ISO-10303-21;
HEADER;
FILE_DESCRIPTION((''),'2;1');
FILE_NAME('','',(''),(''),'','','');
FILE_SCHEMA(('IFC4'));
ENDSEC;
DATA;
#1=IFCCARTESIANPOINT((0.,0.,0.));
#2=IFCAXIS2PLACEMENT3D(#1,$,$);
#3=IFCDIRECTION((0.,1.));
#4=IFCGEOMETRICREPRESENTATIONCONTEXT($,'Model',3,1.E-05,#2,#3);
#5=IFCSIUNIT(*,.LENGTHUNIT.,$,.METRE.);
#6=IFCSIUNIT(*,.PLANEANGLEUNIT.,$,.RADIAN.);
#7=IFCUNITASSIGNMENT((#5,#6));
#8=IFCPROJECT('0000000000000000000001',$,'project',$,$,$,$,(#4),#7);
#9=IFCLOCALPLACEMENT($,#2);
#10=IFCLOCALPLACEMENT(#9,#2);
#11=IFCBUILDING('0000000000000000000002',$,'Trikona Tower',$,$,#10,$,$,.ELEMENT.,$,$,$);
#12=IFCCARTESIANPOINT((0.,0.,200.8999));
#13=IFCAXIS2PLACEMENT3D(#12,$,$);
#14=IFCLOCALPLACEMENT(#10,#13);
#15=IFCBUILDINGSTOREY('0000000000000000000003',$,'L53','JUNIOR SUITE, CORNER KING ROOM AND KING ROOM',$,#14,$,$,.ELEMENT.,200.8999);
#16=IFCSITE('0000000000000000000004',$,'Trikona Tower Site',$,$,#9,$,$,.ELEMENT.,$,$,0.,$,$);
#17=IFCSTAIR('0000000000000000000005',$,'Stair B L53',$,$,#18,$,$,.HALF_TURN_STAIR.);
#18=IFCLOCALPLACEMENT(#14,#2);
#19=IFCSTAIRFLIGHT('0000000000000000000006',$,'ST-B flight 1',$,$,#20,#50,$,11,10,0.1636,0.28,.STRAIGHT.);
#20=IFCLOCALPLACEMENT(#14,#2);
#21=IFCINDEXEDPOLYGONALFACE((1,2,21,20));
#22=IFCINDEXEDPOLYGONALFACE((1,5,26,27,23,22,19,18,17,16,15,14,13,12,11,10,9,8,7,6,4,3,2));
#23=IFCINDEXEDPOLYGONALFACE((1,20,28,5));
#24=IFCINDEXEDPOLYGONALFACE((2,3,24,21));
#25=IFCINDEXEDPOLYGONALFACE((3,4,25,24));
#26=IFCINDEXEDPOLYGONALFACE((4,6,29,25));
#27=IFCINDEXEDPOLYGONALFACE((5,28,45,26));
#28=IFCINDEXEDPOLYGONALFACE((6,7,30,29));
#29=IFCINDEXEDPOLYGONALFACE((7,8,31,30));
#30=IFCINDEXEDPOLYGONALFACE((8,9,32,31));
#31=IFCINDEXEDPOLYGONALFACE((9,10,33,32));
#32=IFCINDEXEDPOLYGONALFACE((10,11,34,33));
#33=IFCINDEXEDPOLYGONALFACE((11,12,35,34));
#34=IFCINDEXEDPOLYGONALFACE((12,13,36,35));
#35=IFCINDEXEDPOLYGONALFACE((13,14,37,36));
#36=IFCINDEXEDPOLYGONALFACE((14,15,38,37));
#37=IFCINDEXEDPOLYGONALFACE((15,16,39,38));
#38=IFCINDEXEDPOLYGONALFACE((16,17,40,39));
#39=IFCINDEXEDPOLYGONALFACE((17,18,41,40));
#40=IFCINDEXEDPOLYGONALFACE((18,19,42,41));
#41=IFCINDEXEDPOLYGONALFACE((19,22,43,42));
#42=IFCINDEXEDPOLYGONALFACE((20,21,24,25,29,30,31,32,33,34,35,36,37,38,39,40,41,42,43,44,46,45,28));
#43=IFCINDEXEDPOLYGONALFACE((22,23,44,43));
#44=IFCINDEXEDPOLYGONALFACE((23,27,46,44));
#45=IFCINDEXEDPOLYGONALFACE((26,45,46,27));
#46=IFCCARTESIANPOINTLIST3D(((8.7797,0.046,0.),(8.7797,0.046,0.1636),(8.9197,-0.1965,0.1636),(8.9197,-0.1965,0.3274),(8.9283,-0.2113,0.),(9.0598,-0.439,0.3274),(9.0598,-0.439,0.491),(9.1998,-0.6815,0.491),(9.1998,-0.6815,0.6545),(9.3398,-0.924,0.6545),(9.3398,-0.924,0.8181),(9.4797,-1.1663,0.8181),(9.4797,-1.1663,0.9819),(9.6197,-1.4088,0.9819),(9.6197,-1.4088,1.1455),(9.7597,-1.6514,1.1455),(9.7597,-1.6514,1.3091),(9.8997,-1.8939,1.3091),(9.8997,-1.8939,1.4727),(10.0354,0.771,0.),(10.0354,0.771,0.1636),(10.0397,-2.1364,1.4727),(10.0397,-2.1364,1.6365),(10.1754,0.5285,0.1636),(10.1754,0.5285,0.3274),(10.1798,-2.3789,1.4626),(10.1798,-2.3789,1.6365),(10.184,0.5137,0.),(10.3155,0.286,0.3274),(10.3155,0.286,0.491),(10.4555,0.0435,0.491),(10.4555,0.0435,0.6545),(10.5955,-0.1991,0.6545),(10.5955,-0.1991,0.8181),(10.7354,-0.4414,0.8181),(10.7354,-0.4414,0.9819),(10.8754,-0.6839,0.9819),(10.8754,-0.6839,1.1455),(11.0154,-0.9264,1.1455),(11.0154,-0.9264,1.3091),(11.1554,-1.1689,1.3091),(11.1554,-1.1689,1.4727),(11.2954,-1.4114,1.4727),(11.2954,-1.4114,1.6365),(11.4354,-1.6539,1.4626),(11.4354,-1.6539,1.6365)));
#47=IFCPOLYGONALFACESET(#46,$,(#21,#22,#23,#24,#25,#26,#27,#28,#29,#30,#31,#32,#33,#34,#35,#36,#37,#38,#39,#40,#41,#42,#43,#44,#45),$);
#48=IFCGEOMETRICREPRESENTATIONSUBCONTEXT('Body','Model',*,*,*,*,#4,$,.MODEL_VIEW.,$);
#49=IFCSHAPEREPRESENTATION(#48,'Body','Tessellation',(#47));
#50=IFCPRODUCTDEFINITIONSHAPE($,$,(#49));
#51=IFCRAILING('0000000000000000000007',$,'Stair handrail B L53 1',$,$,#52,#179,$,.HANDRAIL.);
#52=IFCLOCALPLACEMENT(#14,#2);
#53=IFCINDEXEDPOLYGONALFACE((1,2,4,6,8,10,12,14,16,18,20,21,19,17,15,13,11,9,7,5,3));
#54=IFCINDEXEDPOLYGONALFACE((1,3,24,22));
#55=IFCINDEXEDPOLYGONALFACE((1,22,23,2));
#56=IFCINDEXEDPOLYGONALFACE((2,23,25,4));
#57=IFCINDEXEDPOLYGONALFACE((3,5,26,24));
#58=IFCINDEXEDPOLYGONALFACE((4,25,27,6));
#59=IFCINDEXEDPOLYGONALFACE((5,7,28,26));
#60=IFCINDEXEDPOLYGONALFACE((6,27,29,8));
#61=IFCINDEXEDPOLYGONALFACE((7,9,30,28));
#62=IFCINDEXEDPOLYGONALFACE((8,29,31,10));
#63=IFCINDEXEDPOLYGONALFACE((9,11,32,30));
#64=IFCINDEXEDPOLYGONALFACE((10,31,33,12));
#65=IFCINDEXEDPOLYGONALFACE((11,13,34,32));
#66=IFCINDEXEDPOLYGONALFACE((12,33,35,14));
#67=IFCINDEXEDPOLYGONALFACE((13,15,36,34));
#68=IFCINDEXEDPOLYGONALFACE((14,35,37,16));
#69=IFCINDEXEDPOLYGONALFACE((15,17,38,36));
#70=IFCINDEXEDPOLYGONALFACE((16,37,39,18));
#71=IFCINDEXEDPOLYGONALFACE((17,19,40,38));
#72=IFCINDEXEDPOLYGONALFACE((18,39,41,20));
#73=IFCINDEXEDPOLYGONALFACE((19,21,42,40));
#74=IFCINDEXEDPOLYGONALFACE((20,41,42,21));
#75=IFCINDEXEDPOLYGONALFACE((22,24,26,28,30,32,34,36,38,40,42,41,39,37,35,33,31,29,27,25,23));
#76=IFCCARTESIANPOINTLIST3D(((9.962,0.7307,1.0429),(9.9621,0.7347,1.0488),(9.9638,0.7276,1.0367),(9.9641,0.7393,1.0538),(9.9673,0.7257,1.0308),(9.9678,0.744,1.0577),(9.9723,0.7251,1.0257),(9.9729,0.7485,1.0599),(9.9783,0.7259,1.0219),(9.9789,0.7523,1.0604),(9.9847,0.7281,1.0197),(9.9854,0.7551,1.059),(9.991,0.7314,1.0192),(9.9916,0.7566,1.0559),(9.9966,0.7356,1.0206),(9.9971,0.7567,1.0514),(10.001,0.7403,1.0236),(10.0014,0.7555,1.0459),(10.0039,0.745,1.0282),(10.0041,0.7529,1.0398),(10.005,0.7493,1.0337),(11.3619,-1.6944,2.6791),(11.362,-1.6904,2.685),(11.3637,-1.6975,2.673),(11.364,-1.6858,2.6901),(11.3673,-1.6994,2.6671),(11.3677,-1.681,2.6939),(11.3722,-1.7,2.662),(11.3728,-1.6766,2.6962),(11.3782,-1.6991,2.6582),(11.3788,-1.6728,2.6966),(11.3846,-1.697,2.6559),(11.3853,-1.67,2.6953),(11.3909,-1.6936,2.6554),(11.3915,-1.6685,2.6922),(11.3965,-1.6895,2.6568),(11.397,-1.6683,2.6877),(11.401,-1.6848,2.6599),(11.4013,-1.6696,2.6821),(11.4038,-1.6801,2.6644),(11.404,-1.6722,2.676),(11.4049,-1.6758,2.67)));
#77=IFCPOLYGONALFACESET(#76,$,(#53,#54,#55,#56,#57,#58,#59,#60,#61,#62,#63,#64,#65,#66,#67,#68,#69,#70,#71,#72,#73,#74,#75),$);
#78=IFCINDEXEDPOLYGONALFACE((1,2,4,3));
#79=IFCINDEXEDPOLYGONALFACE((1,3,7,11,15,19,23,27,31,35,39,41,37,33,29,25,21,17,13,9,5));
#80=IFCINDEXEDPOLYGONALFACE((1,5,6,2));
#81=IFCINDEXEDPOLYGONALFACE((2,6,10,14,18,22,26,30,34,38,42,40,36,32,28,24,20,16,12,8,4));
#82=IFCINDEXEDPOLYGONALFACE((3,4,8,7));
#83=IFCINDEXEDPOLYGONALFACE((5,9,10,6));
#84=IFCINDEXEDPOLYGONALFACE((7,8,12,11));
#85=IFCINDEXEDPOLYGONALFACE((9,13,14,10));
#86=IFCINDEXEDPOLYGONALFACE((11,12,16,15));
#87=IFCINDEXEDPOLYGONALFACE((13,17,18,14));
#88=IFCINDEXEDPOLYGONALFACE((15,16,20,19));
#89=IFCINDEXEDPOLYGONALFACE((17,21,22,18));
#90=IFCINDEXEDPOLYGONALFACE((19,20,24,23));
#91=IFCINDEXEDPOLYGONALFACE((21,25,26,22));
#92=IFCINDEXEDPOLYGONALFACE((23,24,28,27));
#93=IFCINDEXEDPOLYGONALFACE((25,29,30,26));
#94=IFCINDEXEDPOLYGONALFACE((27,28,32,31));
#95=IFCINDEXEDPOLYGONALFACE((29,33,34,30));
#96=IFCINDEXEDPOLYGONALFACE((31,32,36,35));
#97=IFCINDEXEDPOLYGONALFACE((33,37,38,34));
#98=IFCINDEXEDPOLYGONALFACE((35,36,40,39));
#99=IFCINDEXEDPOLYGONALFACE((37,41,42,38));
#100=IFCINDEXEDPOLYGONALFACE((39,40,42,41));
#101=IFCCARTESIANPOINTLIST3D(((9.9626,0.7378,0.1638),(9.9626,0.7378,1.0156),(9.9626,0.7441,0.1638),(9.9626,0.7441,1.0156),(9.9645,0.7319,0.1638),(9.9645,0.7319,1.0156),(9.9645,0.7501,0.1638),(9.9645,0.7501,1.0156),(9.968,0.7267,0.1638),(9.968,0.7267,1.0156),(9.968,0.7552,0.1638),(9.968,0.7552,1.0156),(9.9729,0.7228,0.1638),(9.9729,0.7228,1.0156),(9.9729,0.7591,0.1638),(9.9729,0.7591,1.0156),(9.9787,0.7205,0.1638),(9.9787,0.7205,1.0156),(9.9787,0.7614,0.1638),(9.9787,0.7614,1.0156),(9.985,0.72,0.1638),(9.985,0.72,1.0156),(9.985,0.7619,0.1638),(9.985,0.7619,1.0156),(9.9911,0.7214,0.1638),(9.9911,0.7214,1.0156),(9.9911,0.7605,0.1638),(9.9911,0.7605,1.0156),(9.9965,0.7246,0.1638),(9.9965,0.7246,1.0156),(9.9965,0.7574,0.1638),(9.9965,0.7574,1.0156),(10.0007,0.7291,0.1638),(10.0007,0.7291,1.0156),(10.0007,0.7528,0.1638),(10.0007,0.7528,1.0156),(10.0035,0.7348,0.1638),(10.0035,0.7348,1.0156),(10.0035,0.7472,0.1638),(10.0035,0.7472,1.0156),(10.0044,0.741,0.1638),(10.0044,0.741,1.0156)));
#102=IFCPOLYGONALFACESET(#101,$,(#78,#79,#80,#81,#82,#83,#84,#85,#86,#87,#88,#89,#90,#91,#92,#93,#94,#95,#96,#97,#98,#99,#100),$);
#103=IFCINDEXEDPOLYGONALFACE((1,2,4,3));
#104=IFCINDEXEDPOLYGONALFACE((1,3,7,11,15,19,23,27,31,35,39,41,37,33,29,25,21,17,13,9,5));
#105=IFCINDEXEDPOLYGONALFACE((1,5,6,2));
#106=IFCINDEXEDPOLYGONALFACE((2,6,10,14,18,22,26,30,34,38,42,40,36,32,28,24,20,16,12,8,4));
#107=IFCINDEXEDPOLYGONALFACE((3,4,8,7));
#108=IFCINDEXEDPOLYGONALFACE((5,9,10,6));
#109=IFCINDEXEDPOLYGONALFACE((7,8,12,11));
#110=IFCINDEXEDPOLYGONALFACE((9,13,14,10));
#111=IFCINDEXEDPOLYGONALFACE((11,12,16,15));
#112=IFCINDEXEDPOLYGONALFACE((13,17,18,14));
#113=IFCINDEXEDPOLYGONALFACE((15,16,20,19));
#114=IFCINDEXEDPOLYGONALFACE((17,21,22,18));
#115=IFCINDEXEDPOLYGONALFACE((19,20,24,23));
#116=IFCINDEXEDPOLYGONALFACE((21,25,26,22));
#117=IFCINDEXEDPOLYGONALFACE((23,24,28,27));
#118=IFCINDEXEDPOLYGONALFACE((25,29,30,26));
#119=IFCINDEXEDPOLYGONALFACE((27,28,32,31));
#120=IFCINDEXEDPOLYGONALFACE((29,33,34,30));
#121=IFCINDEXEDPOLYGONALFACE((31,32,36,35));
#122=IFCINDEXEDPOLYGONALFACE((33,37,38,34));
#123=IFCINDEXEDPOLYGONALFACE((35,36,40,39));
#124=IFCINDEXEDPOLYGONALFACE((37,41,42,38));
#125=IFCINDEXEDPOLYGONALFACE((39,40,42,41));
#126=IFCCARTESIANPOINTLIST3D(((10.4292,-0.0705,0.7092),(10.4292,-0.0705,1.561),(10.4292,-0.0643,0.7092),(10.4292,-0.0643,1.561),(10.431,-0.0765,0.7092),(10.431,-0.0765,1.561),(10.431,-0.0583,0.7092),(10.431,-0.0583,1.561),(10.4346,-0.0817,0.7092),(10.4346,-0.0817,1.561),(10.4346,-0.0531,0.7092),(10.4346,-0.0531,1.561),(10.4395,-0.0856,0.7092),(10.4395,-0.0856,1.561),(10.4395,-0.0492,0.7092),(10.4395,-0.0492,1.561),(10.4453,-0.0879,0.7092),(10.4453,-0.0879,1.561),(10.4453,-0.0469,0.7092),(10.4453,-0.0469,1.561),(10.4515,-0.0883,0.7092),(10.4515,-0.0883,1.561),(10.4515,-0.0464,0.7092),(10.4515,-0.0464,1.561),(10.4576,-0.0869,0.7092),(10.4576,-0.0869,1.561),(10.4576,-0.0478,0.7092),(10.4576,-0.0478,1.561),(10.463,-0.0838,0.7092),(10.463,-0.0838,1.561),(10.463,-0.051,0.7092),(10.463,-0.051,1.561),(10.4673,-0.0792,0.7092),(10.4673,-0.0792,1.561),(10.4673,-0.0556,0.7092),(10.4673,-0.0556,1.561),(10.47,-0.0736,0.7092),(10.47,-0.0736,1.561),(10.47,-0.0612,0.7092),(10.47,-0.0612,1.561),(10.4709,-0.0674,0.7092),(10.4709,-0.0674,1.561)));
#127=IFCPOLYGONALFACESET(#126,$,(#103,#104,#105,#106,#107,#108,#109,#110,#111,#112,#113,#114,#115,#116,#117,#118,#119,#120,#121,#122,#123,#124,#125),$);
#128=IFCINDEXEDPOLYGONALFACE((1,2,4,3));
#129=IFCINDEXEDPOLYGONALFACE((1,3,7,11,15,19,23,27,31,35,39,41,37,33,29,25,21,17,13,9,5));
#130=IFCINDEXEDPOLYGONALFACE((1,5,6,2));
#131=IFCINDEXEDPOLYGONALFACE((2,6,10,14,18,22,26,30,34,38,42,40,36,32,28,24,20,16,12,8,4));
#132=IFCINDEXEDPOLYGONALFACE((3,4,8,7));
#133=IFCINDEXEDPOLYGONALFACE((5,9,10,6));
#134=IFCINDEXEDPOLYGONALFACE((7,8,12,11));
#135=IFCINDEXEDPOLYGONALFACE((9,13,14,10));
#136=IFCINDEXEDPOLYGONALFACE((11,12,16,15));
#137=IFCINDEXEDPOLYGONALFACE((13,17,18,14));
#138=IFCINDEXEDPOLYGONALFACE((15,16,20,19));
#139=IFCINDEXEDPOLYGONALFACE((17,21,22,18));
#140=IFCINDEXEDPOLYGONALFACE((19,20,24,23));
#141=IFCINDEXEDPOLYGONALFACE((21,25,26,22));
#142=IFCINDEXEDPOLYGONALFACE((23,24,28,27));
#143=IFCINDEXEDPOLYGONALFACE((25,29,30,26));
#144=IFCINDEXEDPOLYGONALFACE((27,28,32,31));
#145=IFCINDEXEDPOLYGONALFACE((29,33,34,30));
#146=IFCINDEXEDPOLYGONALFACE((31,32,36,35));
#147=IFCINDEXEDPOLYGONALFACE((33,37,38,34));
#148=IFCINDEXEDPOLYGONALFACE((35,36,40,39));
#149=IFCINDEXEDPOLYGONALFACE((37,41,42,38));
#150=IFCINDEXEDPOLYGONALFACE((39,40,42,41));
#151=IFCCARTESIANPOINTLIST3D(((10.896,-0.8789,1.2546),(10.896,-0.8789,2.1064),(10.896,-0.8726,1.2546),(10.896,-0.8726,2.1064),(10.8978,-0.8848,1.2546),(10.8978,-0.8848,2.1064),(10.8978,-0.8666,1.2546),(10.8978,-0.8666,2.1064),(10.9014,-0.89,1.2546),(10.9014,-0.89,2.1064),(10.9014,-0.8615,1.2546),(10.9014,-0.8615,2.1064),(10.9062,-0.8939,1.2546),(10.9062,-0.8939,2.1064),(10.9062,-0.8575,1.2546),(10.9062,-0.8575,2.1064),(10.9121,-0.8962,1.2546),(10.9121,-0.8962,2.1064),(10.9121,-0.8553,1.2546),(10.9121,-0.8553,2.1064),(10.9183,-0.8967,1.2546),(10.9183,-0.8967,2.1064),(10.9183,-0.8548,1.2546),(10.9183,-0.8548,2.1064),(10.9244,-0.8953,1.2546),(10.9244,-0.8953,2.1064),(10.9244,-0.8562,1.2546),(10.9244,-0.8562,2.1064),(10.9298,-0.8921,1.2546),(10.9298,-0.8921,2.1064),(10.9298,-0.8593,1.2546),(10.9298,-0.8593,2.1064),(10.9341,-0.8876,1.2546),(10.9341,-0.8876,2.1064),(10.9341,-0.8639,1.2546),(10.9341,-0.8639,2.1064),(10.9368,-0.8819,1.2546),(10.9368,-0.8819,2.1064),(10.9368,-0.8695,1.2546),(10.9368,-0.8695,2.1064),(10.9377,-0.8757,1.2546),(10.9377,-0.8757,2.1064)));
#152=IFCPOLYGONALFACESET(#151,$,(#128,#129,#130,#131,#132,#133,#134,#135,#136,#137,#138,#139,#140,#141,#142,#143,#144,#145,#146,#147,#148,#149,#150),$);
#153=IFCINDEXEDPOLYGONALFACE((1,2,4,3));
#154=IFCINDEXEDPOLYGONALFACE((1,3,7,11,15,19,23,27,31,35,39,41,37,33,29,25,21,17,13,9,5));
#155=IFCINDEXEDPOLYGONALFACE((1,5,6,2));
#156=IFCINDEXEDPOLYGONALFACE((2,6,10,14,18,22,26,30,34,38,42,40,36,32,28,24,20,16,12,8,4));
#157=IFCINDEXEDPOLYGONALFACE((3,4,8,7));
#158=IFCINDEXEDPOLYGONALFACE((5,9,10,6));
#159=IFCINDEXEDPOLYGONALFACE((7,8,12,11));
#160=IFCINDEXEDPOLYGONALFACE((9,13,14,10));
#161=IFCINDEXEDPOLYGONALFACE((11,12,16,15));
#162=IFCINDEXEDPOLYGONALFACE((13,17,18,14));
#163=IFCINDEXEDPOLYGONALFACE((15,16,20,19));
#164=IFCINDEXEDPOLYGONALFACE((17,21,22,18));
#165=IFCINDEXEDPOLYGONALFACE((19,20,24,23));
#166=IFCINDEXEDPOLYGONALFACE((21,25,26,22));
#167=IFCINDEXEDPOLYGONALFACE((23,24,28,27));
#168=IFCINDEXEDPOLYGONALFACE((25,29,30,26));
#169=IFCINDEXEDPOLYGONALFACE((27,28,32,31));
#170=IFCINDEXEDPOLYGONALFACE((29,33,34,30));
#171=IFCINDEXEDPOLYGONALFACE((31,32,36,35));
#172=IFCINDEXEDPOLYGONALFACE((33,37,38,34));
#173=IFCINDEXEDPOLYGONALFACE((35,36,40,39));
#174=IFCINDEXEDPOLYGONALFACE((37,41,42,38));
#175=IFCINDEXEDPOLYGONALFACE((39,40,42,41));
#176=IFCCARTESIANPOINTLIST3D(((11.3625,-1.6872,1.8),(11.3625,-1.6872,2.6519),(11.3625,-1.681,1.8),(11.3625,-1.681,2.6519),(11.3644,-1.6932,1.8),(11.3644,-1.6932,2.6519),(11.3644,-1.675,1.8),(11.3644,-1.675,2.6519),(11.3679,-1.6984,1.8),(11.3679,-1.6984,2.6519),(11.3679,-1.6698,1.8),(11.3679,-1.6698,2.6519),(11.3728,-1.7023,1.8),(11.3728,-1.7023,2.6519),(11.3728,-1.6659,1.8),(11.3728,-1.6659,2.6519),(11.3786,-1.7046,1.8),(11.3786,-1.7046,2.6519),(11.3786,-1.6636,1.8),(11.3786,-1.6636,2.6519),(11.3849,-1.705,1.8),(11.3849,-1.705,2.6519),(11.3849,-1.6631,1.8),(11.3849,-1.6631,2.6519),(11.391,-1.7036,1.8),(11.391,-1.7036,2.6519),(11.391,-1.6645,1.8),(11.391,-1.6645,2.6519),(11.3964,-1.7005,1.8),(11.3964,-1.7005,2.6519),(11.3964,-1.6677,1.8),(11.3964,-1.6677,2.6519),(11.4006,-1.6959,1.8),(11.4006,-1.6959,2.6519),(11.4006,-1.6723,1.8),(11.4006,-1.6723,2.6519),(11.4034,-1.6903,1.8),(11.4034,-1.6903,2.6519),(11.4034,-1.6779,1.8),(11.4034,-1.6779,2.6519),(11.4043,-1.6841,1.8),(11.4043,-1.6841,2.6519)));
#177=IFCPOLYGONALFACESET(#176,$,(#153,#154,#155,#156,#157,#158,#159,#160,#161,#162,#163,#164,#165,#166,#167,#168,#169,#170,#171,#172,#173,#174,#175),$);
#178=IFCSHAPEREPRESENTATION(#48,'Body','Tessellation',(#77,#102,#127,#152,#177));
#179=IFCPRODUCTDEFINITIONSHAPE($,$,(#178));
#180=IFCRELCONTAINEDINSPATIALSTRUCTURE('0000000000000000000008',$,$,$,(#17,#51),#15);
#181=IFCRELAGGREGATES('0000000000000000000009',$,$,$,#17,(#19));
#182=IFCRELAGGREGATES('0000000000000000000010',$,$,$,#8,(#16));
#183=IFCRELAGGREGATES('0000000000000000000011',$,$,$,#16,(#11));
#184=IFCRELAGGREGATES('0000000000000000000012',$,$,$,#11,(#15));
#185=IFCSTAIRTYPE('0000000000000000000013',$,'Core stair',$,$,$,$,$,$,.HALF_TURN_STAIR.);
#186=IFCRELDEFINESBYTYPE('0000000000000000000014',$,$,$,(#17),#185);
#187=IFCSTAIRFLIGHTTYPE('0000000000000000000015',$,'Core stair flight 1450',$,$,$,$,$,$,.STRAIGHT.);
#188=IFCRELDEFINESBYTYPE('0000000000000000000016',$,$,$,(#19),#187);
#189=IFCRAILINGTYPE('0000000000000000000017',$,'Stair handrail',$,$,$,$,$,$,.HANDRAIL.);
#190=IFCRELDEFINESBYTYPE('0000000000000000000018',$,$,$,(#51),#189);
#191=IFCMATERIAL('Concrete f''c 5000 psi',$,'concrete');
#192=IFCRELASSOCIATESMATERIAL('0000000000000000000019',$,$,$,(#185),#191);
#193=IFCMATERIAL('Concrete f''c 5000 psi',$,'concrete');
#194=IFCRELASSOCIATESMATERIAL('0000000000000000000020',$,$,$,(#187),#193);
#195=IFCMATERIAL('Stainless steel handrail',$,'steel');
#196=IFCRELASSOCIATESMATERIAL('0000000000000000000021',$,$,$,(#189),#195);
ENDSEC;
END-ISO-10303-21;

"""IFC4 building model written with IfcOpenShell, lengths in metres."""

from ifc_helpers import new_model, si_unit, direction, frame, origin, origin_2d, place, context, subcontext, project, spatial, polyline, circle, outline, extrude, material, type_object, element, aggregate, save


model = new_model("IFC4")

# Units and contexts
model_context = context("Model", 3, precision=1e-05, world=origin(), true_north=direction((0.0, 1.0)))
body_context = subcontext(model_context, "Body", "Model", "MODEL_VIEW")
ifc_project = project(units=[si_unit("LENGTHUNIT", "METRE"), si_unit("PLANEANGLEUNIT", "RADIAN")], contexts=[model_context])

# Site, building, storey
site_placement = place(None, origin())
site = spatial("IfcSite", under=ifc_project, at=site_placement, Name="Trikona Tower Site", CompositionType="ELEMENT", RefElevation=0.0)
building_placement = place(site_placement, origin())
building = spatial("IfcBuilding", under=site, at=building_placement, Name="Trikona Tower", CompositionType="ELEMENT")
storey_placement = place(building_placement, frame((0.0, 0.0, 200.8999)))
storey = spatial("IfcBuildingStorey", under=building, at=storey_placement, Name="L53", Description="JUNIOR SUITE, CORNER KING ROOM AND KING ROOM", CompositionType="ELEMENT", Elevation=200.8999)

# Stair
ifc_material_1 = material(Name="Concrete f'c 5000 psi", Category="concrete")
stair_type = type_object("IfcStairType", Name="Core stair", PredefinedType="HALF_TURN_STAIR", material=ifc_material_1)
stair_1_placement = place(storey_placement, origin())
stair_1 = element("IfcStair", 1, at=stair_1_placement, inside=storey, type_object=stair_type, Name="Stair B L53", PredefinedType="HALF_TURN_STAIR")

# Stair flight
ifc_material_2 = material(Name="Concrete f'c 5000 psi", Category="concrete")
stair_flight_type = type_object("IfcStairFlightType", Name="Core stair flight 1450", PredefinedType="STRAIGHT", material=ifc_material_2)
stair_flight_placement = place(storey_placement, frame((9.4075, 0.4084, 0.0), z_axis=(0.0, 0.0, 1.0), x_axis=(0.5, -0.866025, 0.0)))
stair_flight = element("IfcStairFlight", 2, at=stair_flight_placement, type_object=stair_flight_type, Name="ST-B flight 1", NumberOfRisers=11, NumberOfTreads=10, PredefinedType="STRAIGHT", RiserHeight=0.1636, TreadLength=0.28, context=body_context, shape_type="SweptSolid", body=[
    extrude(outline(polyline([(0.0, 0.0), (0.0, 0.1636), (0.28, 0.1636), (0.28, 0.3274), (0.5601, 0.3274), (0.5601, 0.491), (0.8401, 0.491), (0.8401, 0.6545), (1.1201, 0.6545), (1.1201, 0.8181), (1.3999, 0.8181), (1.3999, 0.9819), (1.6799, 0.9819), (1.6799, 1.1455), (1.96, 1.1455), (1.96, 1.3091), (2.24, 1.3091), (2.24, 1.4727), (2.52, 1.4727), (2.52, 1.6365), (2.8, 1.6365), (2.8, 1.8), (2.8, 1.4626), (0.2971, 0.0), (0.0, 0.0)])), frame((0.0, 0.7251, 0.0), z_axis=(0.0, -1.0, 0.0), x_axis=(1.0, 0.0, 0.0)), (0.0, 0.0, 1.0), 1.45),
])
aggregate(stair_1, [stair_flight])

# Railing
ifc_material_3 = material(Name="Stainless steel handrail", Category="steel")
railing_type = type_object("IfcRailingType", Name="Stair handrail", PredefinedType="HANDRAIL", material=ifc_material_3)
railing_placement = place(storey_placement, frame((9.9834, 0.741, 0.1638)))
element("IfcRailing", 3, at=railing_placement, inside=storey, type_object=railing_type, Name="Stair handrail B L53 1", PredefinedType="HANDRAIL", context=body_context, shape_type="SweptSolid", body=[
    extrude(circle(Radius=0.0239, at=origin_2d()), frame((0.0, 0.0, 0.876), z_axis=(0.431653, -0.747751, 0.504523), x_axis=(0.866056, 0.499946, 0.0)), (0.0, 0.0, 1.0), 3.2432),
    extrude(circle(Radius=0.021, at=origin_2d()), origin(), (0.0, 0.0, 1.0), 0.8518),
    extrude(circle(Radius=0.021, at=origin_2d()), frame((0.4666, -0.8083, 0.5454)), (0.0, 0.0, 1.0), 0.8518),
    extrude(circle(Radius=0.021, at=origin_2d()), frame((0.9333, -1.6167, 1.0908)), (0.0, 0.0, 1.0), 0.8518),
    extrude(circle(Radius=0.021, at=origin_2d()), frame((1.3999, -2.425, 1.6362)), (0.0, 0.0, 1.0), 0.8518),
])

save(model, "model.ifc")
